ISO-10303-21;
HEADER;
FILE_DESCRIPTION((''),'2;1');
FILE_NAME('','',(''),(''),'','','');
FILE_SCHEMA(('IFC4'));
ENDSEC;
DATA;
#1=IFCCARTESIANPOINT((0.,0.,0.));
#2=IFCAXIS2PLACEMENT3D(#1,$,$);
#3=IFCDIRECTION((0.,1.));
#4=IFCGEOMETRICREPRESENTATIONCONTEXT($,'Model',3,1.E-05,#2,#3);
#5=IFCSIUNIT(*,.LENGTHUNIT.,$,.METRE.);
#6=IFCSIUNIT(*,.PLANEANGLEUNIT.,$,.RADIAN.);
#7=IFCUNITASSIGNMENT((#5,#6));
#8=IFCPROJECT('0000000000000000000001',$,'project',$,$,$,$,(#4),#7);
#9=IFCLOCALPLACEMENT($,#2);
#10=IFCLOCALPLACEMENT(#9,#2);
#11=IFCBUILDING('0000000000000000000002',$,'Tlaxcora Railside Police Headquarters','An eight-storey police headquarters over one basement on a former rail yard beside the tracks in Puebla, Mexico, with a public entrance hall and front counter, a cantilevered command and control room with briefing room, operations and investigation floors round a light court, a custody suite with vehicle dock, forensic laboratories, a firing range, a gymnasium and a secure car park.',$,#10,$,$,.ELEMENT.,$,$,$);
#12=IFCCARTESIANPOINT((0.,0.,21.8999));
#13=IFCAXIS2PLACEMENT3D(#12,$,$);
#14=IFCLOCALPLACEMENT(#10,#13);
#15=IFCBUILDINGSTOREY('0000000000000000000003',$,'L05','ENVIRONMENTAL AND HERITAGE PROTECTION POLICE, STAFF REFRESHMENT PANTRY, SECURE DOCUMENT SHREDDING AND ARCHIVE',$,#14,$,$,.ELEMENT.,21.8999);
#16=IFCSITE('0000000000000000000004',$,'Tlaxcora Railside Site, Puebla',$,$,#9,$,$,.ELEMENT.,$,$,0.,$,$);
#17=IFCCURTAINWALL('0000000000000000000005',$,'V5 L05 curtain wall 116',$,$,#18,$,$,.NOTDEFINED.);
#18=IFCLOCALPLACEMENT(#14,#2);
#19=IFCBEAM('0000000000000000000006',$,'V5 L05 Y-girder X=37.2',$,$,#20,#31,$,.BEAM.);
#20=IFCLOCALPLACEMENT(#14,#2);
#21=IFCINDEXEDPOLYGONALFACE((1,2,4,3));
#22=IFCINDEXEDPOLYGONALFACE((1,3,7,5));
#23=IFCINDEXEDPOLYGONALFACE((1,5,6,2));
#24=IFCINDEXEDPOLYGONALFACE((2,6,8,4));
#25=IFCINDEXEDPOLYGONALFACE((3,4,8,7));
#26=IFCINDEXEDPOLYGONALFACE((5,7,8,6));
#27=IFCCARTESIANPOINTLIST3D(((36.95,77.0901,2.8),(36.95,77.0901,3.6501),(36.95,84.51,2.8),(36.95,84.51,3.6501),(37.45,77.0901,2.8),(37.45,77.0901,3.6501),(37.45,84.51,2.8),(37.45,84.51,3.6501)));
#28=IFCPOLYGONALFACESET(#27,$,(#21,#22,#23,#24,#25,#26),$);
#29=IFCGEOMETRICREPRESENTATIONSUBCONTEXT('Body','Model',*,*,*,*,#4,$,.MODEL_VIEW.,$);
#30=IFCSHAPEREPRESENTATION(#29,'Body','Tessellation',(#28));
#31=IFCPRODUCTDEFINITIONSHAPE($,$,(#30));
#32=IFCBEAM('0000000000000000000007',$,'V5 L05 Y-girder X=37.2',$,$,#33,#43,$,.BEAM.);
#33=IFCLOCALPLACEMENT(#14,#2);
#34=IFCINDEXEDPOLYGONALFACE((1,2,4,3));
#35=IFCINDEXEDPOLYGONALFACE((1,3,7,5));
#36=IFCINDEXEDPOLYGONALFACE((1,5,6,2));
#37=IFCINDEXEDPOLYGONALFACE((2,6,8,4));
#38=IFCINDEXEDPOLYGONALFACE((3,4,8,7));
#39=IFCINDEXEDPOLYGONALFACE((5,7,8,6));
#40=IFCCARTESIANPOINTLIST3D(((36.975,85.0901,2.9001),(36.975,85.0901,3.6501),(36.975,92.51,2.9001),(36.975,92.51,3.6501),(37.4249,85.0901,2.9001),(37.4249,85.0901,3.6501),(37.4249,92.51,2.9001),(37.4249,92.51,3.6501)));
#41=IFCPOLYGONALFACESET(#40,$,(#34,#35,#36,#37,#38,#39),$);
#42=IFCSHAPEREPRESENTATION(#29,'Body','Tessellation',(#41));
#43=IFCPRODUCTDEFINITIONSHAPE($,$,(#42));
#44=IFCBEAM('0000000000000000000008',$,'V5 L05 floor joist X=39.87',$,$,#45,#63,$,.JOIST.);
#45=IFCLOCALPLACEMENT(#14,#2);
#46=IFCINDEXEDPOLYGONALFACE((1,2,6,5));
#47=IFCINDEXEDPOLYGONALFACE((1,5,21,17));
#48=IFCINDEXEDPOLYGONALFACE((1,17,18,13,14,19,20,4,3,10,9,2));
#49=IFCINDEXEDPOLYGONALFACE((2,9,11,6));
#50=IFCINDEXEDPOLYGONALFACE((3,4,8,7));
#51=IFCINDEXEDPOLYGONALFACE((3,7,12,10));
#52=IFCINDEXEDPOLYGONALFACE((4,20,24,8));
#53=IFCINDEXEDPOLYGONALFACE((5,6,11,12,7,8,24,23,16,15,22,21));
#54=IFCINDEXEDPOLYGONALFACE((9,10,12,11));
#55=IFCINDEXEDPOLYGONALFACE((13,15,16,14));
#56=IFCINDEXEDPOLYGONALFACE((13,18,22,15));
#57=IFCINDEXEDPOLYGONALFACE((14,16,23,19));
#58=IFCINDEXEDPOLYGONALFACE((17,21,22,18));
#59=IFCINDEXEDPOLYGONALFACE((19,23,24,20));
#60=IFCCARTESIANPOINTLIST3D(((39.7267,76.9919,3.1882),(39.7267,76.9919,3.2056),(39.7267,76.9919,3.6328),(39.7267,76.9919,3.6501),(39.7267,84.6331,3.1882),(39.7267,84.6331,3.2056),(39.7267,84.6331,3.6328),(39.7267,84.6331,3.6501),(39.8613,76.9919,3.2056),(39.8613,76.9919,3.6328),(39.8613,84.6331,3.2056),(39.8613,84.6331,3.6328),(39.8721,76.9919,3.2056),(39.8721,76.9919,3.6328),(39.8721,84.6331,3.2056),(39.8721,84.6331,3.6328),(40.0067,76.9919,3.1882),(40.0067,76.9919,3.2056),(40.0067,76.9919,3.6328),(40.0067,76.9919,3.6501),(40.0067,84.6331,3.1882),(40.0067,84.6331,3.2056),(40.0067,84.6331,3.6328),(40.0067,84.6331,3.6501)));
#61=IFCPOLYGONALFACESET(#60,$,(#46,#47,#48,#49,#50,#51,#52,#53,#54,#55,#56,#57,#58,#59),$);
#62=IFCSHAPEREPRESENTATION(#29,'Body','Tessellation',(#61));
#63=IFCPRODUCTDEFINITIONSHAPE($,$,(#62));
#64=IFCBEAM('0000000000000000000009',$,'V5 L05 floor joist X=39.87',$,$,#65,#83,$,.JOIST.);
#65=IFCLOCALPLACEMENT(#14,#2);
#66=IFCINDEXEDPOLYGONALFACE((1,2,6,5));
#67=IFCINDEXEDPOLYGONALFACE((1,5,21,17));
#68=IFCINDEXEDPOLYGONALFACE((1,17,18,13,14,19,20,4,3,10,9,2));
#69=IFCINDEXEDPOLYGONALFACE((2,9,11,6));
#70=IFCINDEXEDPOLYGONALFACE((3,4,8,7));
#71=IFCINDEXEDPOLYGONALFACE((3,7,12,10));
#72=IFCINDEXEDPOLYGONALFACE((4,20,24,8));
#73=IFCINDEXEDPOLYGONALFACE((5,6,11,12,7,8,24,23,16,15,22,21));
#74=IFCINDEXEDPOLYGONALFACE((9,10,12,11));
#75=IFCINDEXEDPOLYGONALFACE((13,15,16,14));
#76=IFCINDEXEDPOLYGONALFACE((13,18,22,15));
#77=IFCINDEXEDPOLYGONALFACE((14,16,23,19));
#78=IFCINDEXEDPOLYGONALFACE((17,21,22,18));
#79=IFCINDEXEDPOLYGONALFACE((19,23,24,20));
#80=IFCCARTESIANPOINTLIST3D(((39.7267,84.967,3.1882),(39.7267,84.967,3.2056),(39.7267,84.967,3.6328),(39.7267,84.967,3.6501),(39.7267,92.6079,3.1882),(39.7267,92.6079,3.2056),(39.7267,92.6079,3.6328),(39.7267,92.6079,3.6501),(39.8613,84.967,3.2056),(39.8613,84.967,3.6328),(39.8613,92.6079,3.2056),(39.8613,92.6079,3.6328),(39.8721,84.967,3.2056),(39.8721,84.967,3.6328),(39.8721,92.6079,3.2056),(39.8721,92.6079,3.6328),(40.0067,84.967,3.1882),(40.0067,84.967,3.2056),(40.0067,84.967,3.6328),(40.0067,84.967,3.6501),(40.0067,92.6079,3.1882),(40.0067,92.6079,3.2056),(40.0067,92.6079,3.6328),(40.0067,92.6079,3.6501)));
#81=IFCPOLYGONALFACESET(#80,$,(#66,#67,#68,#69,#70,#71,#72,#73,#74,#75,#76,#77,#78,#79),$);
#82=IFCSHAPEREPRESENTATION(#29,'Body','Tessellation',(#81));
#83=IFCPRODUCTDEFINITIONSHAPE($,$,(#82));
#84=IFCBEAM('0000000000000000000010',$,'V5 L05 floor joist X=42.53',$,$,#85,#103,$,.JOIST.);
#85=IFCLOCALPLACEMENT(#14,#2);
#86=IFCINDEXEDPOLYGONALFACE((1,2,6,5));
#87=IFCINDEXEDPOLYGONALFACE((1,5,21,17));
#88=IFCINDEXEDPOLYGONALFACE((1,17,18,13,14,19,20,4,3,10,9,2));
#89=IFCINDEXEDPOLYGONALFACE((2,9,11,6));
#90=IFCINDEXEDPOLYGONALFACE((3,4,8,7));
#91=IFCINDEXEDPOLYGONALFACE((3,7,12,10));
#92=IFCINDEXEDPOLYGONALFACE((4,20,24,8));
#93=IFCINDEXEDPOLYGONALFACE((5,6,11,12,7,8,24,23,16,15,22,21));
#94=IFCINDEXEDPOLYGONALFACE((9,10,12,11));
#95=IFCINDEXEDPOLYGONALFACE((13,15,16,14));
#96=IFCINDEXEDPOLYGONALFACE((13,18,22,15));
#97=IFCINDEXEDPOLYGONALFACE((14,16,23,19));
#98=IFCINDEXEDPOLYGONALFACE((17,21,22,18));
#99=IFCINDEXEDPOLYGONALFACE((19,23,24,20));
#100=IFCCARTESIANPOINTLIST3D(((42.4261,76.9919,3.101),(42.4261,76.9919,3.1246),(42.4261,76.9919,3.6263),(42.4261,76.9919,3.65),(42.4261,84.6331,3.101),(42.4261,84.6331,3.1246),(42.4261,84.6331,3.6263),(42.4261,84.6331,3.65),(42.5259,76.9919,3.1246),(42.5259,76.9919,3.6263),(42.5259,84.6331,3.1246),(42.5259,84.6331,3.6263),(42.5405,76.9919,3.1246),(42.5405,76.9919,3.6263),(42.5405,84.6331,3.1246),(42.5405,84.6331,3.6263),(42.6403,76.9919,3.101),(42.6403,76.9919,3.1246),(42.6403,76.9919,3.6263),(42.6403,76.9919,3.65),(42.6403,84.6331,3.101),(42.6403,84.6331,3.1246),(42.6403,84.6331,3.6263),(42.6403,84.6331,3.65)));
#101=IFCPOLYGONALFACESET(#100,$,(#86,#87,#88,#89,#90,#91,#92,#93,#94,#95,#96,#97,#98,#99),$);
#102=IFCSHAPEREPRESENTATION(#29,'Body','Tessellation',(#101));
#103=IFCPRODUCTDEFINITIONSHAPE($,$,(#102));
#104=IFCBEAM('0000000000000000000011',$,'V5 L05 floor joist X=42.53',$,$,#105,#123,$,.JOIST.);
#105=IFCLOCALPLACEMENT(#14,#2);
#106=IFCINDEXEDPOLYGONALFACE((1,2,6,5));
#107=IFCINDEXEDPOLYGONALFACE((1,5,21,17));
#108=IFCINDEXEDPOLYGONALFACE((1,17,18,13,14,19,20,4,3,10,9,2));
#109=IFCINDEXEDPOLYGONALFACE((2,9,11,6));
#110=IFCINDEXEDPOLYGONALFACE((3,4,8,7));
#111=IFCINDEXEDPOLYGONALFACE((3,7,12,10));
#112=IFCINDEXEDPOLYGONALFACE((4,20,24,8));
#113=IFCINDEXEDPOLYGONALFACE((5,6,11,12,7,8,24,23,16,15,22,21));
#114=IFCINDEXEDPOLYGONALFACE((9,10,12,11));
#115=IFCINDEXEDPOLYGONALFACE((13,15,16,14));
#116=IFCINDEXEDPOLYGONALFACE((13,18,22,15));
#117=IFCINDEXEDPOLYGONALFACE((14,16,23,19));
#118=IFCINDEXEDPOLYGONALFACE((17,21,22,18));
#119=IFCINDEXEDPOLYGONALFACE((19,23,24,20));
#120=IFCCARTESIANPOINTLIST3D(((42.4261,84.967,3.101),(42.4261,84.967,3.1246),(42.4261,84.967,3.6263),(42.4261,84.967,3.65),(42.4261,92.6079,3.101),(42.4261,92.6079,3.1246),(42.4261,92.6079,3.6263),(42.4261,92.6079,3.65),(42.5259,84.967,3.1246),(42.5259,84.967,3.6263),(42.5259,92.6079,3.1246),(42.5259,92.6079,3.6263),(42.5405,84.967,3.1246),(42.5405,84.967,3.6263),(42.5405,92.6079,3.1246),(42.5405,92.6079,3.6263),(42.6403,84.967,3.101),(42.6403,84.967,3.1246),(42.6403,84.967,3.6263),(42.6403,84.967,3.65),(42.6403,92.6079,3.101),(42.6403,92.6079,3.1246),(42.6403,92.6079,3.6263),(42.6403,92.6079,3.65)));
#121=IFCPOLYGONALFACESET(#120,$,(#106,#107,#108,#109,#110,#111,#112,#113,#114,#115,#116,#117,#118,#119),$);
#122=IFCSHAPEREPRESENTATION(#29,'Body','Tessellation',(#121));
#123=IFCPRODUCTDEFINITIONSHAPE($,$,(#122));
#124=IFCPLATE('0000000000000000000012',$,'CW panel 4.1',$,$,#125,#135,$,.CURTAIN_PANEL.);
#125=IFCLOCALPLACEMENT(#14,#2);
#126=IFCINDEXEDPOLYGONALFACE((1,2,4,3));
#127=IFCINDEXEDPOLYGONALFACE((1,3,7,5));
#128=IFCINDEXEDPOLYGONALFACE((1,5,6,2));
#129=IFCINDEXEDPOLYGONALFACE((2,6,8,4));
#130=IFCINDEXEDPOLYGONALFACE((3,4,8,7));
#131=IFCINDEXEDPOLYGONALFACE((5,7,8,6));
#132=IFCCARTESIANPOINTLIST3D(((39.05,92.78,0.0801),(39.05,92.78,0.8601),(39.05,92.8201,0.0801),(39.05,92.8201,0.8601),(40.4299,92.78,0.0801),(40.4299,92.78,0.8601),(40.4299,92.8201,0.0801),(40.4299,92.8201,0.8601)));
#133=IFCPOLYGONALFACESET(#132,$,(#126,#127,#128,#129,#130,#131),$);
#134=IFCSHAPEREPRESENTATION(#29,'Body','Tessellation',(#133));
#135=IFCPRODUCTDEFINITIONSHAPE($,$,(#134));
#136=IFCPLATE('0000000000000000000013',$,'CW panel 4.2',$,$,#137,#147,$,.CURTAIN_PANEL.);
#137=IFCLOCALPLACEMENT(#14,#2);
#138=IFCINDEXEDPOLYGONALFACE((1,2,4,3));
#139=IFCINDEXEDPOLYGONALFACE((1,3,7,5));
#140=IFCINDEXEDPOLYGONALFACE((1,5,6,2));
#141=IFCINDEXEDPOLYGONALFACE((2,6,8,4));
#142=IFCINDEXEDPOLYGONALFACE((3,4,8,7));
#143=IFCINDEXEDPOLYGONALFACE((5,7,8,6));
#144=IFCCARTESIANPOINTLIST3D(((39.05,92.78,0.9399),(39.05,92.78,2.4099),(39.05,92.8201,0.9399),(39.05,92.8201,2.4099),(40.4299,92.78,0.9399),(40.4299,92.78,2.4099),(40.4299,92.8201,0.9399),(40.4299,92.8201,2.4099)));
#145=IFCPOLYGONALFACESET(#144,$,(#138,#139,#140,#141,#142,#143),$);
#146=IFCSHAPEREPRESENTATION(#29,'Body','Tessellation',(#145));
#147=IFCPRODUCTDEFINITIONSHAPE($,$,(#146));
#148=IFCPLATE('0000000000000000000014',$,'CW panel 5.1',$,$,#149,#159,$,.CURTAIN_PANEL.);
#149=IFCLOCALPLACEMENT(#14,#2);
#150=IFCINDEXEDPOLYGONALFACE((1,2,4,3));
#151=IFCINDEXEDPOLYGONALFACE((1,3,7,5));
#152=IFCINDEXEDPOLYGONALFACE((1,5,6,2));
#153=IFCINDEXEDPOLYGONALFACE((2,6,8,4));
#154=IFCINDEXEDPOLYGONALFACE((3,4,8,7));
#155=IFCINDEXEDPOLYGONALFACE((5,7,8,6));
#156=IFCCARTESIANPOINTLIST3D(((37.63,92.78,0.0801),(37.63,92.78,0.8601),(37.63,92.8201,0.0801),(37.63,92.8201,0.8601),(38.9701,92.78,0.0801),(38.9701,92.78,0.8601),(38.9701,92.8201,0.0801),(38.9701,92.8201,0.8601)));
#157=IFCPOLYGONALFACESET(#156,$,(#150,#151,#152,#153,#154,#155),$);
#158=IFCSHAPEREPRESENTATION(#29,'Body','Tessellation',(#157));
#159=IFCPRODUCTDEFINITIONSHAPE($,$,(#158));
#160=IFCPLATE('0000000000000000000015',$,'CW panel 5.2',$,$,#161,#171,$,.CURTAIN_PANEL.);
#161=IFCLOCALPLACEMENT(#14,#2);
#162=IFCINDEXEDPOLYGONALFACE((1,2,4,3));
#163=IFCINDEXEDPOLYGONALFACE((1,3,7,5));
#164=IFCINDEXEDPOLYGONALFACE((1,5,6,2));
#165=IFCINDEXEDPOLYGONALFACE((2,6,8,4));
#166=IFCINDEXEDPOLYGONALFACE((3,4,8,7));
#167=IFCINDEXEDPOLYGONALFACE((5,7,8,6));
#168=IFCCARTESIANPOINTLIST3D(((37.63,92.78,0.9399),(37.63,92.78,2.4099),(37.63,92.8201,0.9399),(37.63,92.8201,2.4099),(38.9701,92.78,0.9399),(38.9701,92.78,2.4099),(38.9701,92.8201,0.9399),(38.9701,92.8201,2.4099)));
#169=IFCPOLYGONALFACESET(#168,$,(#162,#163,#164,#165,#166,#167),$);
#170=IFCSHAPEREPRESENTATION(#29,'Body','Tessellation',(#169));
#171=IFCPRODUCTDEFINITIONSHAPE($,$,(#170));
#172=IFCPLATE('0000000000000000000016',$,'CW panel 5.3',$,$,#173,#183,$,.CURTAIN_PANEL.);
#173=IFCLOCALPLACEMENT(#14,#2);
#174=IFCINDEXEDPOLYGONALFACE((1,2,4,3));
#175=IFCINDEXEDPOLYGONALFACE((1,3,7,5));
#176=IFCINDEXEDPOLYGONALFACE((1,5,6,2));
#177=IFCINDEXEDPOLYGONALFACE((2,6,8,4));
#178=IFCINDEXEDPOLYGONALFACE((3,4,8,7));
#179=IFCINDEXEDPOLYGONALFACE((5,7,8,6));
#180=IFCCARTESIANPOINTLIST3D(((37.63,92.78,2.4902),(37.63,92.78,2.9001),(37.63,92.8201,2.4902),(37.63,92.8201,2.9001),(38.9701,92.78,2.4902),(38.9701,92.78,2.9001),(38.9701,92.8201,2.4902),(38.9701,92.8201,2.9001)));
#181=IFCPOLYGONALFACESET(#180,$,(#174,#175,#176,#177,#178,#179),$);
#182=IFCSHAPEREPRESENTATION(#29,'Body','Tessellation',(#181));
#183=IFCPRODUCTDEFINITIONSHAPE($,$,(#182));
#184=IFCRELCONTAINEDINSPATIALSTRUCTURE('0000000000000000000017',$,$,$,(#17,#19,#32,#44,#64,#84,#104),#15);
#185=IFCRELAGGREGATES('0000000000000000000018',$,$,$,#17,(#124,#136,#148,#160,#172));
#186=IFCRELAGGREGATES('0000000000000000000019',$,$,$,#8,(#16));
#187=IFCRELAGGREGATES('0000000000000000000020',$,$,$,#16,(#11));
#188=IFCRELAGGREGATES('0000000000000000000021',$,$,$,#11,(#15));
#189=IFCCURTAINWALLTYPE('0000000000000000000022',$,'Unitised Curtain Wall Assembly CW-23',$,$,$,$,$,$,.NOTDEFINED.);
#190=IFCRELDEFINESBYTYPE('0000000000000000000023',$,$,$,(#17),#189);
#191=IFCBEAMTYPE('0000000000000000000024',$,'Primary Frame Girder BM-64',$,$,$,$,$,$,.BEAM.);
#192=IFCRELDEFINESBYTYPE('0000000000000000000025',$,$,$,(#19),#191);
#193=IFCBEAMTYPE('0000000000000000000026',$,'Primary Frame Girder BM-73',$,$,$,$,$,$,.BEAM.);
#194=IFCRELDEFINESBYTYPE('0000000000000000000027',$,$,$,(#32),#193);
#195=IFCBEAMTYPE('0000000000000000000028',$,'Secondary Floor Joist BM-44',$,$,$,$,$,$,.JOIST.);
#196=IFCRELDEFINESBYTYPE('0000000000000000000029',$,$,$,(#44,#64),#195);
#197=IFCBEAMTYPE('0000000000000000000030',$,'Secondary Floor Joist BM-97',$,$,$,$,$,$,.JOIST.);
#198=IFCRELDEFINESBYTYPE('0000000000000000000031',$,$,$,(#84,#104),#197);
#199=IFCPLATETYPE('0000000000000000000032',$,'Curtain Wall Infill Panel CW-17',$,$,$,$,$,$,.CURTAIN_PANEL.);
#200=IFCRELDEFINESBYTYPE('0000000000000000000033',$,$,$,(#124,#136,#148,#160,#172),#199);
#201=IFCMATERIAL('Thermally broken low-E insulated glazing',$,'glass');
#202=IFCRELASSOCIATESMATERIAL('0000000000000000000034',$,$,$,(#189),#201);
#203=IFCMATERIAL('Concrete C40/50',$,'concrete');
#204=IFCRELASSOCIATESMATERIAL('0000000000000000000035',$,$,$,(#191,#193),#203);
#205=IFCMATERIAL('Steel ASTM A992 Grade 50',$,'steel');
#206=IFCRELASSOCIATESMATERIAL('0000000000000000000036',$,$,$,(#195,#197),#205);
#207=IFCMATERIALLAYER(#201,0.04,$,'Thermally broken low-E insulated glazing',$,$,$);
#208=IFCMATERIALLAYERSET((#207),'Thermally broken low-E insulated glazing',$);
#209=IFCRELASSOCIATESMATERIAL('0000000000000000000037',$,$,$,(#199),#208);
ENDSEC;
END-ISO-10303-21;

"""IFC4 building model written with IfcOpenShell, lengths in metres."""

from ifc_helpers import new_model, si_unit, direction, frame, origin, origin_2d, place, context, subcontext, project, spatial, rectangle, i_section, extrude, material, layer, layer_set, material_profile, profile_set, type_object, element, aggregate, save


model = new_model("IFC4")

# Units and contexts
model_context = context("Model", 3, precision=1e-05, world=origin(), true_north=direction((0.0, 1.0)))
body_context = subcontext(model_context, "Body", "Model", "MODEL_VIEW")
ifc_project = project(units=[si_unit("LENGTHUNIT", "METRE"), si_unit("PLANEANGLEUNIT", "RADIAN")], contexts=[model_context])

# Site, building, storey
site_placement = place(None, origin())
site = spatial("IfcSite", under=ifc_project, at=site_placement, Name="Tlaxcora Railside Site, Puebla", CompositionType="ELEMENT", RefElevation=0.0)
building_placement = place(site_placement, origin())
building = spatial("IfcBuilding", under=site, at=building_placement, Name="Tlaxcora Railside Police Headquarters", Description="An eight-storey police headquarters over one basement on a former rail yard beside the tracks in Puebla, Mexico, with a public entrance hall and front counter, a cantilevered command and control room with briefing room, operations and investigation floors round a light court, a custody suite with vehicle dock, forensic laboratories, a firing range, a gymnasium and a secure car park.", CompositionType="ELEMENT")
storey_placement = place(building_placement, frame((0.0, 0.0, 21.8999)))
storey = spatial("IfcBuildingStorey", under=building, at=storey_placement, Name="L05", Description="ENVIRONMENTAL AND HERITAGE PROTECTION POLICE, STAFF REFRESHMENT PANTRY, SECURE DOCUMENT SHREDDING AND ARCHIVE", CompositionType="ELEMENT", Elevation=21.8999)

# Shared definitions
ifc_material_1 = material(Name="Concrete C40/50", Category="concrete")

# Curtain wall
ifc_material_2 = material(Name="Thermally broken low-E insulated glazing", Category="glass")
curtain_wall_type_1 = type_object("IfcCurtainWallType", Name="Unitised Curtain Wall Assembly CW-23", PredefinedType="NOTDEFINED", material=ifc_material_2)
curtain_wall_1_placement = place(storey_placement, origin())
curtain_wall_1 = element("IfcCurtainWall", 1, at=curtain_wall_1_placement, inside=storey, type_object=curtain_wall_type_1, Name="V5 L05 curtain wall 116", PredefinedType="NOTDEFINED")

# Beams
ifc_material_profile_1 = material_profile(ifc_material_1, rectangle(XDim=0.5, YDim=0.8501, at=origin_2d()), Name="RC500X850")
ifc_profile_set_1 = profile_set([ifc_material_profile_1], Name="Concrete C40/50")
beam_type_1 = type_object("IfcBeamType", Name="Primary Frame Girder BM-64", PredefinedType="BEAM", material=ifc_profile_set_1)
beam_1_placement = place(storey_placement, frame((37.2, 77.0901, 3.2251), z_axis=(0.0, 1.0, 0.0), x_axis=(-1.0, 0.0, 0.0)))
element("IfcBeam", 2, at=beam_1_placement, inside=storey, type_object=beam_type_1, Name="V5 L05 Y-girder X=37.2", PredefinedType="BEAM", context=body_context, shape_type="SweptSolid", body=[
    extrude(rectangle(XDim=0.5, YDim=0.8501, at=origin_2d()), origin(), (0.0, 0.0, 1.0), 7.4199),
])
ifc_material_profile_2 = material_profile(ifc_material_1, rectangle(XDim=0.45, YDim=0.75, at=origin_2d()), Name="RC450X750")
ifc_profile_set_2 = profile_set([ifc_material_profile_2], Name="Concrete C40/50")
beam_type_2 = type_object("IfcBeamType", Name="Primary Frame Girder BM-73", PredefinedType="BEAM", material=ifc_profile_set_2)
beam_2_placement = place(storey_placement, frame((37.2, 85.0901, 3.2751), z_axis=(0.0, 1.0, 0.0), x_axis=(-1.0, 0.0, 0.0)))
element("IfcBeam", 3, at=beam_2_placement, inside=storey, type_object=beam_type_2, Name="V5 L05 Y-girder X=37.2", PredefinedType="BEAM", context=body_context, shape_type="SweptSolid", body=[
    extrude(rectangle(XDim=0.45, YDim=0.75, at=origin_2d()), origin(), (0.0, 0.0, 1.0), 7.4199),
])
ifc_material_3 = material(Name="Steel ASTM A992 Grade 50", Category="steel")
ifc_material_profile_3 = material_profile(ifc_material_3, i_section(OverallWidth=0.28, OverallDepth=0.4619, WebThickness=0.0107, FlangeThickness=0.0173, at=origin_2d()), Name="W18X76")
ifc_profile_set_3 = profile_set([ifc_material_profile_3], Name="Steel ASTM A992 Grade 50")
beam_type_3 = type_object("IfcBeamType", Name="Secondary Floor Joist BM-44", PredefinedType="JOIST", material=ifc_profile_set_3)
beam_3_placement = place(storey_placement, frame((39.8667, 76.9919, 3.4192), z_axis=(0.0, 1.0, 0.0), x_axis=(-1.0, 0.0, 0.0)))
element("IfcBeam", 4, at=beam_3_placement, inside=storey, type_object=beam_type_3, Name="V5 L05 floor joist X=39.87", PredefinedType="JOIST", context=body_context, shape_type="SweptSolid", body=[
    extrude(i_section(OverallWidth=0.28, OverallDepth=0.4619, WebThickness=0.0107, FlangeThickness=0.0173, at=origin_2d()), origin(), (0.0, 0.0, 1.0), 7.6411),
])
beam_4_placement = place(storey_placement, frame((39.8667, 84.967, 3.4192), z_axis=(0.0, 1.0, 0.0), x_axis=(-1.0, 0.0, 0.0)))
element("IfcBeam", 5, at=beam_4_placement, inside=storey, type_object=beam_type_3, Name="V5 L05 floor joist X=39.87", PredefinedType="JOIST", context=body_context, shape_type="SweptSolid", body=[
    extrude(i_section(OverallWidth=0.28, OverallDepth=0.4619, WebThickness=0.0107, FlangeThickness=0.0173, at=origin_2d()), origin(), (0.0, 0.0, 1.0), 7.6409),
])
ifc_material_profile_4 = material_profile(ifc_material_3, i_section(OverallWidth=0.2141, OverallDepth=0.5491, WebThickness=0.0146, FlangeThickness=0.0237, at=origin_2d()), Name="W21X93")
ifc_profile_set_4 = profile_set([ifc_material_profile_4], Name="Steel ASTM A992 Grade 50")
beam_type_4 = type_object("IfcBeamType", Name="Secondary Floor Joist BM-97", PredefinedType="JOIST", material=ifc_profile_set_4)
beam_5_placement = place(storey_placement, frame((42.5332, 76.9919, 3.3755), z_axis=(0.0, 1.0, 0.0), x_axis=(-1.0, 0.0, 0.0)))
element("IfcBeam", 6, at=beam_5_placement, inside=storey, type_object=beam_type_4, Name="V5 L05 floor joist X=42.53", PredefinedType="JOIST", context=body_context, shape_type="SweptSolid", body=[
    extrude(i_section(OverallWidth=0.2141, OverallDepth=0.5491, WebThickness=0.0146, FlangeThickness=0.0237, at=origin_2d()), origin(), (0.0, 0.0, 1.0), 7.6411),
])
beam_6_placement = place(storey_placement, frame((42.5332, 84.967, 3.3755), z_axis=(0.0, 1.0, 0.0), x_axis=(-1.0, 0.0, 0.0)))
element("IfcBeam", 7, at=beam_6_placement, inside=storey, type_object=beam_type_4, Name="V5 L05 floor joist X=42.53", PredefinedType="JOIST", context=body_context, shape_type="SweptSolid", body=[
    extrude(i_section(OverallWidth=0.2141, OverallDepth=0.5491, WebThickness=0.0146, FlangeThickness=0.0237, at=origin_2d()), origin(), (0.0, 0.0, 1.0), 7.6409),
])

# Plates
ifc_layer_1 = layer(ifc_material_2, 0.04, Name="Thermally broken low-E insulated glazing")
ifc_layer_set_1 = layer_set([ifc_layer_1], Name="Thermally broken low-E insulated glazing")
plate_type_1 = type_object("IfcPlateType", Name="Curtain Wall Infill Panel CW-17", PredefinedType="CURTAIN_PANEL", material=ifc_layer_set_1)
plate_1_placement = place(storey_placement, frame((39.74, 92.8, 0.0801), z_axis=(0.0, 0.0, 1.0), x_axis=(-1.0, 0.0, 0.0)))
plate_1 = element("IfcPlate", 8, at=plate_1_placement, type_object=plate_type_1, Name="CW panel 4.1", PredefinedType="CURTAIN_PANEL", context=body_context, shape_type="SweptSolid", body=[
    extrude(rectangle(XDim=1.3799, YDim=0.04, at=origin_2d()), origin(), (0.0, 0.0, 1.0), 0.78),
])
plate_2_placement = place(storey_placement, frame((39.74, 92.8, 0.9399), z_axis=(0.0, 0.0, 1.0), x_axis=(-1.0, 0.0, 0.0)))
plate_2 = element("IfcPlate", 9, at=plate_2_placement, type_object=plate_type_1, Name="CW panel 4.2", PredefinedType="CURTAIN_PANEL", context=body_context, shape_type="SweptSolid", body=[
    extrude(rectangle(XDim=1.3799, YDim=0.04, at=origin_2d()), origin(), (0.0, 0.0, 1.0), 1.47),
])
plate_3_placement = place(storey_placement, frame((38.3, 92.8, 0.0801), z_axis=(0.0, 0.0, 1.0), x_axis=(-1.0, 0.0, 0.0)))
plate_3 = element("IfcPlate", 10, at=plate_3_placement, type_object=plate_type_1, Name="CW panel 5.1", PredefinedType="CURTAIN_PANEL", context=body_context, shape_type="SweptSolid", body=[
    extrude(rectangle(XDim=1.3401, YDim=0.04, at=origin_2d()), origin(), (0.0, 0.0, 1.0), 0.78),
])
plate_4_placement = place(storey_placement, frame((38.3, 92.8, 0.9399), z_axis=(0.0, 0.0, 1.0), x_axis=(-1.0, 0.0, 0.0)))
plate_4 = element("IfcPlate", 11, at=plate_4_placement, type_object=plate_type_1, Name="CW panel 5.2", PredefinedType="CURTAIN_PANEL", context=body_context, shape_type="SweptSolid", body=[
    extrude(rectangle(XDim=1.3401, YDim=0.04, at=origin_2d()), origin(), (0.0, 0.0, 1.0), 1.47),
])
plate_5_placement = place(storey_placement, frame((38.3, 92.8, 2.4902), z_axis=(0.0, 0.0, 1.0), x_axis=(-1.0, 0.0, 0.0)))
plate_5 = element("IfcPlate", 12, at=plate_5_placement, type_object=plate_type_1, Name="CW panel 5.3", PredefinedType="CURTAIN_PANEL", context=body_context, shape_type="SweptSolid", body=[
    extrude(rectangle(XDim=1.3401, YDim=0.04, at=origin_2d()), origin(), (0.0, 0.0, 1.0), 0.4099),
])
aggregate(curtain_wall_1, [plate_1, plate_2, plate_3, plate_4, plate_5])

save(model, "model.ifc")
